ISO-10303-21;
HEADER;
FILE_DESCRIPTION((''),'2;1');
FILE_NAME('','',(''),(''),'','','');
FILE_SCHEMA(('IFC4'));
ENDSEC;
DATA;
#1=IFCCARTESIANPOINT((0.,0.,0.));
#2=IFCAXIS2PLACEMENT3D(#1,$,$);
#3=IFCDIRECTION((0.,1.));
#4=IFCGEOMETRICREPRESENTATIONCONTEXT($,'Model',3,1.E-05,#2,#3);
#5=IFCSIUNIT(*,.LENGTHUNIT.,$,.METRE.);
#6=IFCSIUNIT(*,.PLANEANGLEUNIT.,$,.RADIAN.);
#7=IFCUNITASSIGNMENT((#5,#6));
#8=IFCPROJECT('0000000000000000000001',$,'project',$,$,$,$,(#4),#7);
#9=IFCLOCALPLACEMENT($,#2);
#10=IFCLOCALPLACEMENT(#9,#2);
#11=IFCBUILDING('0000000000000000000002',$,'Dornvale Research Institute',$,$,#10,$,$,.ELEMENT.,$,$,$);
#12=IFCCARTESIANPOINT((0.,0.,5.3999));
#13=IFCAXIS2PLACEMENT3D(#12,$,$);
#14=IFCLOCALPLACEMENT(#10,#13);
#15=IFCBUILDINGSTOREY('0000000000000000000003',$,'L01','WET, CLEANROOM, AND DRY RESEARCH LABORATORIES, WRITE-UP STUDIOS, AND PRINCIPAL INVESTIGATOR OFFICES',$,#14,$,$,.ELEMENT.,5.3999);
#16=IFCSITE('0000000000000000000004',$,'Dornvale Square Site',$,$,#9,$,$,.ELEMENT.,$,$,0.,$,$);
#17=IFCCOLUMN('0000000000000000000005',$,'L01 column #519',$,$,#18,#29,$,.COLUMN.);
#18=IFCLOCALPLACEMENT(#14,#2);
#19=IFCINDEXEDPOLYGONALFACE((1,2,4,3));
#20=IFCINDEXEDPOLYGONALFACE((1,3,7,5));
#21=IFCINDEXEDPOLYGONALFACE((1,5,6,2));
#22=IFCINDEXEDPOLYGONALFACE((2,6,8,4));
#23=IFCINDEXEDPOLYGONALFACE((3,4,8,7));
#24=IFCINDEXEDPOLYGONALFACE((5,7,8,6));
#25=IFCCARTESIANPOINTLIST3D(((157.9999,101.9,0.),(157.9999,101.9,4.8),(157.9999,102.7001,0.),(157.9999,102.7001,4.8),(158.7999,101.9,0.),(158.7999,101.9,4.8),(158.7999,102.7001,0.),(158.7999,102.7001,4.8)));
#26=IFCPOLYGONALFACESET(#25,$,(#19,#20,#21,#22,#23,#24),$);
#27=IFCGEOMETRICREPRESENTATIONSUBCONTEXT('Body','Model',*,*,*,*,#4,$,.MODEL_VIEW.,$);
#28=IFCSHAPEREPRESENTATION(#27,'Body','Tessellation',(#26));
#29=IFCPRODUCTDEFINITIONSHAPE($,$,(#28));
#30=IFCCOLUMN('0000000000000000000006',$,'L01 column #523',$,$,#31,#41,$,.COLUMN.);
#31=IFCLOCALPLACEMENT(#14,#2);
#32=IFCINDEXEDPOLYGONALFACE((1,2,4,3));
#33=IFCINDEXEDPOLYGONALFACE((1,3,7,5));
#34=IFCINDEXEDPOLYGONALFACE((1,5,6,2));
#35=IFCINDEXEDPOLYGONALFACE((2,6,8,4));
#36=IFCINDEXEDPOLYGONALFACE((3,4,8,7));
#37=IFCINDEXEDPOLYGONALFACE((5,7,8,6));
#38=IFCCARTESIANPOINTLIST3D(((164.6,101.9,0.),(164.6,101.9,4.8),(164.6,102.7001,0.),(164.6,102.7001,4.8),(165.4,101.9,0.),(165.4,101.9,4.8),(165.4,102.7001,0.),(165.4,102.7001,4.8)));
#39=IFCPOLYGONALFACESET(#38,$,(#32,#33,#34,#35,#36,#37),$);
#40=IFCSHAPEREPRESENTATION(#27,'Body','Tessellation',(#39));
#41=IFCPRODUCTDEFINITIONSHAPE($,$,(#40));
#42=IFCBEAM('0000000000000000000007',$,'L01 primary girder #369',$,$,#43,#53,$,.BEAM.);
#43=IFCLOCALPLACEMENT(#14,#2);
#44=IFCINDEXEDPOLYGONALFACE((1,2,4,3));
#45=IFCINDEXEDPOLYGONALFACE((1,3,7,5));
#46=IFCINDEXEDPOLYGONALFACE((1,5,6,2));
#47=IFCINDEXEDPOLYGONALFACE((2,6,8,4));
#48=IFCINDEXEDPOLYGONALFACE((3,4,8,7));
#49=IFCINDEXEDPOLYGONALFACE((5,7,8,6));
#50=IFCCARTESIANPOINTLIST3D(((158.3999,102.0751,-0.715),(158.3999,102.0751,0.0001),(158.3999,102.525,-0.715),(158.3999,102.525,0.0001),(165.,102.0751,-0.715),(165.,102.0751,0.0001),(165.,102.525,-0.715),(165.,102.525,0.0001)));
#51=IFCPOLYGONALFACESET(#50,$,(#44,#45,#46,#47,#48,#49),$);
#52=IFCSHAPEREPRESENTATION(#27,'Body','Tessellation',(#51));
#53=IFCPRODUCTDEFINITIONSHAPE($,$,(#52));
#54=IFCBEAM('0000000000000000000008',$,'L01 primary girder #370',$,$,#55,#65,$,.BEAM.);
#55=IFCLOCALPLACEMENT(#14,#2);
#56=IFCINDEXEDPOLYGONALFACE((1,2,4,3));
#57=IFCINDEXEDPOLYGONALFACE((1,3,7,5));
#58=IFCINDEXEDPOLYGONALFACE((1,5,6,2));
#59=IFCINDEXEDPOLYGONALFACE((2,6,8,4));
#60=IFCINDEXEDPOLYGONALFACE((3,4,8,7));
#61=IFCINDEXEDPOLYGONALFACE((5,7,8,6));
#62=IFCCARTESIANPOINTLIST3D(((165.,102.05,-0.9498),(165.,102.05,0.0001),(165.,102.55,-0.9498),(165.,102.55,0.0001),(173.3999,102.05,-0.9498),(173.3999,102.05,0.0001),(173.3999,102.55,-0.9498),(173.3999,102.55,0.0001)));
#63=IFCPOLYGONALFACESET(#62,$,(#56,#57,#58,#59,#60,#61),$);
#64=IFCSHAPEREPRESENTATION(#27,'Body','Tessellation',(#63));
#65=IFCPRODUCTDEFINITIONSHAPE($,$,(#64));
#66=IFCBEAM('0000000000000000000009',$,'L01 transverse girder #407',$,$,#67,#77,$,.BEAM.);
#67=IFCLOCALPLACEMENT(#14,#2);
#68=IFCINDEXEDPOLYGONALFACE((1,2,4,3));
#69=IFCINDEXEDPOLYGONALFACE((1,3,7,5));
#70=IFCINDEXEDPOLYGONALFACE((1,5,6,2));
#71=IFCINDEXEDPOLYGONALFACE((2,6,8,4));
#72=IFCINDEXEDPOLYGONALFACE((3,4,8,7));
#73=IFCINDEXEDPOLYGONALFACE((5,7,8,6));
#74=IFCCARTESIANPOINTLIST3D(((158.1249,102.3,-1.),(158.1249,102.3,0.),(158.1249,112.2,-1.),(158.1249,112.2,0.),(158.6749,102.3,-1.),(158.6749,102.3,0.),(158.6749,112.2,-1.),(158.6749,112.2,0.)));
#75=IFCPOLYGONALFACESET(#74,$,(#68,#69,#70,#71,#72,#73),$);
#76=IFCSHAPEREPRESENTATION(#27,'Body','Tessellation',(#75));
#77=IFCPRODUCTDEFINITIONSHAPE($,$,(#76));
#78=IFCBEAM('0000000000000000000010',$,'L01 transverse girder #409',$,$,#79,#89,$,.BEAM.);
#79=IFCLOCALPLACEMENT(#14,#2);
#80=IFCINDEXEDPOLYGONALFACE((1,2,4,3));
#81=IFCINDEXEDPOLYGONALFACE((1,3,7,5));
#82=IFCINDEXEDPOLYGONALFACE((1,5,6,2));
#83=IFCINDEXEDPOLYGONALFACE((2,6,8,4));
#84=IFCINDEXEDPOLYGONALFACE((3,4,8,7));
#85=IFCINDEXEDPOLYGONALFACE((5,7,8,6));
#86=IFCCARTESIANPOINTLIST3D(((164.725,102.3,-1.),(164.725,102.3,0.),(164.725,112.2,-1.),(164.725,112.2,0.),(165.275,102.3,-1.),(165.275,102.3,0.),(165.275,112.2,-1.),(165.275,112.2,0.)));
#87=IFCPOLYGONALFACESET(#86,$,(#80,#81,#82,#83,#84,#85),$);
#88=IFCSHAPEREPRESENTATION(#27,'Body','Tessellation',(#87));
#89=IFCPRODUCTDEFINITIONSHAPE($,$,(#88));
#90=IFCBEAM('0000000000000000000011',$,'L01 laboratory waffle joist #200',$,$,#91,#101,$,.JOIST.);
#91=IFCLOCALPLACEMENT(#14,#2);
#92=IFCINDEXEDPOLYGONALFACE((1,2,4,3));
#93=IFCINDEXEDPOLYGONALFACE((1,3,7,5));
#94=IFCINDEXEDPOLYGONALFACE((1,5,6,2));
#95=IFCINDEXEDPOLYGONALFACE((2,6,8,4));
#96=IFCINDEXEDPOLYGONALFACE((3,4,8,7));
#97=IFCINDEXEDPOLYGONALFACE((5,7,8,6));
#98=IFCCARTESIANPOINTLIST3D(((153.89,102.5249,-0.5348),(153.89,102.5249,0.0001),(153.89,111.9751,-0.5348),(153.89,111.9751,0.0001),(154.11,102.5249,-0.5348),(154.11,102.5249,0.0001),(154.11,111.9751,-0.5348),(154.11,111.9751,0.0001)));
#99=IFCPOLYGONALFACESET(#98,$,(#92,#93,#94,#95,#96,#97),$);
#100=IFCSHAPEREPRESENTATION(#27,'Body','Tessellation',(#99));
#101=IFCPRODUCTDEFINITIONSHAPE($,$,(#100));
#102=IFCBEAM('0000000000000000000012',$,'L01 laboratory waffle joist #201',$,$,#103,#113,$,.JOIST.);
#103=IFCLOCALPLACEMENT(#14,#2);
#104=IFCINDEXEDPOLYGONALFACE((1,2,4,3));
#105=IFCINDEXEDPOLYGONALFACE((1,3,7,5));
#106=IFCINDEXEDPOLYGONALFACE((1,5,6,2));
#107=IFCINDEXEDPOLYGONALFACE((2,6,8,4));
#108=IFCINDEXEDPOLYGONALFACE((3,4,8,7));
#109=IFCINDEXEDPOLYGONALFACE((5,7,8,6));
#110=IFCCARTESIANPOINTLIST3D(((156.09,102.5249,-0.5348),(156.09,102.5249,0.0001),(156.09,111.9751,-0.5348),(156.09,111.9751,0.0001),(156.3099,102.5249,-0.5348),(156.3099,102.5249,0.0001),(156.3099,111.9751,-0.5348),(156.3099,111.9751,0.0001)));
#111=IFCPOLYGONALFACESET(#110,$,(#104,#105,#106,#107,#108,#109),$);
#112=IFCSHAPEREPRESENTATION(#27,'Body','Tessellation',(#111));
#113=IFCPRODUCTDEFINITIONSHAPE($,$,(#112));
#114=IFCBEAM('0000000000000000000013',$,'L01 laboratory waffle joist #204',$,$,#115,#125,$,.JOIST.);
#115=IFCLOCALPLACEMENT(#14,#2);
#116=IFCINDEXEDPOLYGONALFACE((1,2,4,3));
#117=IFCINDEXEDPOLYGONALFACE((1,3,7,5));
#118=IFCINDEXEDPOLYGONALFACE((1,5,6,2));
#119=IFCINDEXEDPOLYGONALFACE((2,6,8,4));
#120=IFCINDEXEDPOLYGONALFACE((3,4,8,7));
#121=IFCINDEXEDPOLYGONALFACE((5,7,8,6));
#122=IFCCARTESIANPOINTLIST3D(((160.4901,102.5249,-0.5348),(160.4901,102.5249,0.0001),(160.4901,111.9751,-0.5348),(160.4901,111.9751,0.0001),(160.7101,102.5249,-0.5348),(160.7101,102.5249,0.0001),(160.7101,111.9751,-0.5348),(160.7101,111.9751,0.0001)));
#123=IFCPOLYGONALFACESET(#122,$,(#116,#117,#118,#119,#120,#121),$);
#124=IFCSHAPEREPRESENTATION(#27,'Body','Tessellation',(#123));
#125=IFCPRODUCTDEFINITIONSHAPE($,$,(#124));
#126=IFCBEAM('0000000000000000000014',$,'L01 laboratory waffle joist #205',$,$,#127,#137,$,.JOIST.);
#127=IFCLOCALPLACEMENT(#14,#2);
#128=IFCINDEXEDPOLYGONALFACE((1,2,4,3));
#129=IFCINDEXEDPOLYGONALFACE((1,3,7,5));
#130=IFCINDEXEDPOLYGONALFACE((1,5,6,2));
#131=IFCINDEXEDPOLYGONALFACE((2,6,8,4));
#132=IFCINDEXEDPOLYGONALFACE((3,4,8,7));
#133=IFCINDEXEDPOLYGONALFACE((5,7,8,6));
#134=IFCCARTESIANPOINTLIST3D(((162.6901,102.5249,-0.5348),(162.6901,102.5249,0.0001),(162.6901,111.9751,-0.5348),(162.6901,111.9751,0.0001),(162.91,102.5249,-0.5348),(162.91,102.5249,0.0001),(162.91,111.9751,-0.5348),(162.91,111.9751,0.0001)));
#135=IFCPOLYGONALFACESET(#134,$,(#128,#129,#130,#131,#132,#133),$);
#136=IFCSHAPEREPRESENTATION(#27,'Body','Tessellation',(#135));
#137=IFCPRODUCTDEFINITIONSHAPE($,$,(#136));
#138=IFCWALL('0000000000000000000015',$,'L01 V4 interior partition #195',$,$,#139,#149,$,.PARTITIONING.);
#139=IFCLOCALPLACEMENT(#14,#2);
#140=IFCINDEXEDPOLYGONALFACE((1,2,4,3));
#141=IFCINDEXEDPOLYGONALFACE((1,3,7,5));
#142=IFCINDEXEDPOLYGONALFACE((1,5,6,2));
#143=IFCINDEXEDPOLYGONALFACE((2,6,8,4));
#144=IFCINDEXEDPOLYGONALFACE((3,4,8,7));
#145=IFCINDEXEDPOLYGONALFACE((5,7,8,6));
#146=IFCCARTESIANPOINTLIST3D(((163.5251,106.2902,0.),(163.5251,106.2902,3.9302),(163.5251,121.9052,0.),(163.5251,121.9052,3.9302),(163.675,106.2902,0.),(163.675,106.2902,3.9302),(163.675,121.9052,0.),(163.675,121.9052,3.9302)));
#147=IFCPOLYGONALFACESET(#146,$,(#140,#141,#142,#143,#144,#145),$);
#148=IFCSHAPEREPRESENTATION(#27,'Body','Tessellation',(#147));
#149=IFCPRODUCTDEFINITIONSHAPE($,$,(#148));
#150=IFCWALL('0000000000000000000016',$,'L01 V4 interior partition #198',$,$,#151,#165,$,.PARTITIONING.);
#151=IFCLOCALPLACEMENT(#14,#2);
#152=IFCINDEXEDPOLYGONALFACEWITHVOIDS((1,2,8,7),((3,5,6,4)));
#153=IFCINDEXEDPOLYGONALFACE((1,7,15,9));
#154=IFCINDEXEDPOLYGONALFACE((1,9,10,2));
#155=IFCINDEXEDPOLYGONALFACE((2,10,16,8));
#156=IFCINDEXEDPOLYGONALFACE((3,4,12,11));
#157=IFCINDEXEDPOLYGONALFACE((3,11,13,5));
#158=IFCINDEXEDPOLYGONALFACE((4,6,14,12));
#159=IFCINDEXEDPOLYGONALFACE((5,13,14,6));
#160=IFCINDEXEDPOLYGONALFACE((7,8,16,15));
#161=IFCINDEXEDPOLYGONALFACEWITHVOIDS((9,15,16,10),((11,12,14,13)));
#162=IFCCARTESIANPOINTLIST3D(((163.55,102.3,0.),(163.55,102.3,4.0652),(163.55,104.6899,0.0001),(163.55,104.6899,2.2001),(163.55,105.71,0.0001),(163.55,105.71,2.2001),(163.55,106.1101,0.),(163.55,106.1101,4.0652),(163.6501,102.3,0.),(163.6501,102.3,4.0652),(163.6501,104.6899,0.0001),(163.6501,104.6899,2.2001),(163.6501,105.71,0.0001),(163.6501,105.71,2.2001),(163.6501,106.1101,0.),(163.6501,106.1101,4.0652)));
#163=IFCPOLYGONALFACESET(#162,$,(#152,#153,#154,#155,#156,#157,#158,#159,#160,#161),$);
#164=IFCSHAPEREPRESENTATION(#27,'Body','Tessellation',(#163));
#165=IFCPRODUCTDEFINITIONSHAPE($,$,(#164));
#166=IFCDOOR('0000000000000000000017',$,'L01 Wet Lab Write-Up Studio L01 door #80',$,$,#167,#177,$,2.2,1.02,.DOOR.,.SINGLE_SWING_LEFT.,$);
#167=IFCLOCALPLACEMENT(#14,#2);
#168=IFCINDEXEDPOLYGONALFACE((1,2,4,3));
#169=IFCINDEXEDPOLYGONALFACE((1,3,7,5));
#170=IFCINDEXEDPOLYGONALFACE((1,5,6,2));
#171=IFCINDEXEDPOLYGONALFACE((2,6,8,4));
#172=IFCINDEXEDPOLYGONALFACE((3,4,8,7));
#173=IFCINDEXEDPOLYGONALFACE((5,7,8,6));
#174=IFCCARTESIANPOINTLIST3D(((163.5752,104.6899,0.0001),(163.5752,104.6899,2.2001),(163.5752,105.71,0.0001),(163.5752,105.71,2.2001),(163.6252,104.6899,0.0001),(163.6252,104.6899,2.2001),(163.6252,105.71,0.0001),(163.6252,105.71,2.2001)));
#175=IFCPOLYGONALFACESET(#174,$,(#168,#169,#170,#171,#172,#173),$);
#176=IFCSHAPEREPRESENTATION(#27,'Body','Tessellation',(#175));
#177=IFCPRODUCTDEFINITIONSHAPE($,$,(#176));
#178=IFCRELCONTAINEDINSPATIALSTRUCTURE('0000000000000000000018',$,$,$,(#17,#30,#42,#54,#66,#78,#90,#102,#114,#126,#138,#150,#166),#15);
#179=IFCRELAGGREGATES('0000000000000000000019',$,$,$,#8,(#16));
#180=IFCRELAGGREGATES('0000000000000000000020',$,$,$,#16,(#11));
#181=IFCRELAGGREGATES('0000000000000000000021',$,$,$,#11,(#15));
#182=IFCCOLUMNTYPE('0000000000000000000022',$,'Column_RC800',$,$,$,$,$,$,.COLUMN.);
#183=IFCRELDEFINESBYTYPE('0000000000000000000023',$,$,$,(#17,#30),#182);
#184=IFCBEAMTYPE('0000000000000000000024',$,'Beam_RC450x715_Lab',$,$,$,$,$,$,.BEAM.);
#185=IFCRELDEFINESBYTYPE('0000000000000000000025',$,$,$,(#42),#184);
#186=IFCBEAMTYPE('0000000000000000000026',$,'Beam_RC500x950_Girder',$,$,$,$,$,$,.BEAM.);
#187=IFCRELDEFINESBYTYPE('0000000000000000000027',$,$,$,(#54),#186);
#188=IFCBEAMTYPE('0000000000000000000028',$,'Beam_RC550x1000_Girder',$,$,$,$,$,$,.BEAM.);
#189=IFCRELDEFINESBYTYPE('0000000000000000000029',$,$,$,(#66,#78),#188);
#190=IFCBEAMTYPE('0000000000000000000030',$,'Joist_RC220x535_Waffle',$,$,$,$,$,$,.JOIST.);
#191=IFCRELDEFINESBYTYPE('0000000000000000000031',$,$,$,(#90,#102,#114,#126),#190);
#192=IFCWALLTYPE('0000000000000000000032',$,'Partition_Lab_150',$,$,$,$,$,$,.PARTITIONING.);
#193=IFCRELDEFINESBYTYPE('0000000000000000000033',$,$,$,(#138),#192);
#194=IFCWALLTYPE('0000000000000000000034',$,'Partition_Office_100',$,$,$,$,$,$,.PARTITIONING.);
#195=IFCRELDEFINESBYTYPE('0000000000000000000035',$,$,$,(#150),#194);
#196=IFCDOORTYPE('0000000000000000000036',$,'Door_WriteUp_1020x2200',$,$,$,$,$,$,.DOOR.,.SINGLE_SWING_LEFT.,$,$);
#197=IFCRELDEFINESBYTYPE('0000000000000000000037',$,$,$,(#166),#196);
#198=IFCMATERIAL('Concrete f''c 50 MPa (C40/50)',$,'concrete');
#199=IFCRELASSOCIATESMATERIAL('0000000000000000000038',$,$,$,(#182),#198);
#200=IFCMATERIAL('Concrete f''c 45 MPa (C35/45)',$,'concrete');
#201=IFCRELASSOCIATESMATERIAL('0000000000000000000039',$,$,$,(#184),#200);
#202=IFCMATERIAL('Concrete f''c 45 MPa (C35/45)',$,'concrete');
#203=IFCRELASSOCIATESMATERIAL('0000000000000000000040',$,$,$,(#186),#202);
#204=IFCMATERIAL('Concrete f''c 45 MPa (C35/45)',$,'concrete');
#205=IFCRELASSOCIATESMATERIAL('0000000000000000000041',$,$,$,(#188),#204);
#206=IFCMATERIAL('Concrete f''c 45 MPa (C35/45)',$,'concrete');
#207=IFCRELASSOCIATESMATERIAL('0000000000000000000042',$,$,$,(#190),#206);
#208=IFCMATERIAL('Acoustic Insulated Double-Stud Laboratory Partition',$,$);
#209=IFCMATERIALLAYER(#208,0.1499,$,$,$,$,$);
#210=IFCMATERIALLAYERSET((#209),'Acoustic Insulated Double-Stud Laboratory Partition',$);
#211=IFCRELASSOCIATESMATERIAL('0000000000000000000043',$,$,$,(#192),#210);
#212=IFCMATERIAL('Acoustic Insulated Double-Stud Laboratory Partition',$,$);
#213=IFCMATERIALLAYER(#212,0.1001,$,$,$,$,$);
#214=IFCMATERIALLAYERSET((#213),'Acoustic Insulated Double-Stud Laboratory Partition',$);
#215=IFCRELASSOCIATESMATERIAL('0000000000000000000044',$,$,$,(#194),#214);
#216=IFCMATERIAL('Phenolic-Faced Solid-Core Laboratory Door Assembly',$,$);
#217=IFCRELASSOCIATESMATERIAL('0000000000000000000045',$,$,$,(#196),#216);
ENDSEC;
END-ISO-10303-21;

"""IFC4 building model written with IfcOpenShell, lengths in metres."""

from ifc_helpers import new_model, si_unit, direction, frame, frame_2d, origin, origin_2d, place, context, subcontext, project, spatial, rectangle, extrude, material, layer, layer_set, material_profile, profile_set, type_object, element, fill, save


model = new_model("IFC4")

# Units and contexts
model_context = context("Model", 3, precision=1e-05, world=origin(), true_north=direction((0.0, 1.0)))
body_context = subcontext(model_context, "Body", "Model", "MODEL_VIEW")
ifc_project = project(units=[si_unit("LENGTHUNIT", "METRE"), si_unit("PLANEANGLEUNIT", "RADIAN")], contexts=[model_context])

# Site, building, storey
site_placement = place(None, origin())
site = spatial("IfcSite", under=ifc_project, at=site_placement, Name="Dornvale Square Site", CompositionType="ELEMENT", RefElevation=0.0)
building_placement = place(site_placement, origin())
building = spatial("IfcBuilding", under=site, at=building_placement, Name="Dornvale Research Institute", CompositionType="ELEMENT")
storey_placement = place(building_placement, frame((0.0, 0.0, 5.3999)))
storey = spatial("IfcBuildingStorey", under=building, at=storey_placement, Name="L01", Description="WET, CLEANROOM, AND DRY RESEARCH LABORATORIES, WRITE-UP STUDIOS, AND PRINCIPAL INVESTIGATOR OFFICES", CompositionType="ELEMENT", Elevation=5.3999)

# Columns
ifc_material_1 = material(Name="Concrete f'c 50 MPa (C40/50)", Category="concrete")
ifc_material_profile_1 = material_profile(ifc_material_1, rectangle(XDim=0.8, YDim=0.8, at=origin_2d()), Name="RC 800x800")
ifc_profile_set_1 = profile_set([ifc_material_profile_1], Name="Concrete f'c 50 MPa (C40/50)")
column_type = type_object("IfcColumnType", Name="Column_RC800", PredefinedType="COLUMN", material=ifc_profile_set_1)
for number, where, z_axis, x_axis, name in (
    (1, (158.3999, 102.3, 0.0), (0.0, 0.0, 1.0), (1.0, 0.0, 0.0), "L01 column #519"),
    (2, (165.0, 102.3, 0.0), (0.0, 0.0, 1.0), (1.0, 0.0, 0.0), "L01 column #523"),
):
    element("IfcColumn", number, at=place(storey_placement, frame(where, z_axis=z_axis, x_axis=x_axis)), inside=storey, type_object=column_type, Name=name, PredefinedType="COLUMN", context=body_context, shape_type="SweptSolid", body=[
        extrude(rectangle(XDim=0.8, YDim=0.8, at=origin_2d()), origin(), (0.0, 0.0, 1.0), 4.8),
    ])

# Beams
ifc_material_2 = material(Name="Concrete f'c 45 MPa (C35/45)", Category="concrete")
ifc_material_profile_2 = material_profile(ifc_material_2, rectangle(XDim=0.45, YDim=0.7151, at=origin_2d()), Name="RC 450x715")
ifc_profile_set_2 = profile_set([ifc_material_profile_2], Name="Concrete f'c 45 MPa (C35/45)")
beam_type_1 = type_object("IfcBeamType", Name="Beam_RC450x715_Lab", PredefinedType="BEAM", material=ifc_profile_set_2)
beam_1_placement = place(storey_placement, frame((158.3999, 102.3, -0.3574), z_axis=(1.0, 0.0, 0.0), x_axis=(0.0, 1.0, 0.0)))
element("IfcBeam", 3, at=beam_1_placement, inside=storey, type_object=beam_type_1, Name="L01 primary girder #369", PredefinedType="BEAM", context=body_context, shape_type="SweptSolid", body=[
    extrude(rectangle(XDim=0.45, YDim=0.7151, at=origin_2d()), origin(), (0.0, 0.0, 1.0), 6.6001),
])
ifc_material_3 = material(Name="Concrete f'c 45 MPa (C35/45)", Category="concrete")
ifc_material_profile_3 = material_profile(ifc_material_3, rectangle(XDim=0.5, YDim=0.95, at=origin_2d()), Name="RC 500x950")
ifc_profile_set_3 = profile_set([ifc_material_profile_3], Name="Concrete f'c 45 MPa (C35/45)")
beam_type_2 = type_object("IfcBeamType", Name="Beam_RC500x950_Girder", PredefinedType="BEAM", material=ifc_profile_set_3)
beam_2_placement = place(storey_placement, frame((165.0, 102.3, -0.4749), z_axis=(1.0, 0.0, 0.0), x_axis=(0.0, 1.0, 0.0)))
element("IfcBeam", 4, at=beam_2_placement, inside=storey, type_object=beam_type_2, Name="L01 primary girder #370", PredefinedType="BEAM", context=body_context, shape_type="SweptSolid", body=[
    extrude(rectangle(XDim=0.5, YDim=0.95, at=origin_2d()), origin(), (0.0, 0.0, 1.0), 8.3999),
])
ifc_material_4 = material(Name="Concrete f'c 45 MPa (C35/45)", Category="concrete")
ifc_material_profile_4 = material_profile(ifc_material_4, rectangle(XDim=0.55, YDim=1.0, at=origin_2d()), Name="RC 550x1000")
ifc_profile_set_4 = profile_set([ifc_material_profile_4], Name="Concrete f'c 45 MPa (C35/45)")
beam_type_3 = type_object("IfcBeamType", Name="Beam_RC550x1000_Girder", PredefinedType="BEAM", material=ifc_profile_set_4)
for number, where, z_axis, x_axis, name in (
    (5, (158.3999, 102.3, -0.5), (0.0, 1.0, 0.0), (-1.0, 0.0, 0.0), "L01 transverse girder #407"),
    (6, (165.0, 102.3, -0.5), (0.0, 1.0, 0.0), (-1.0, 0.0, 0.0), "L01 transverse girder #409"),
):
    element("IfcBeam", number, at=place(storey_placement, frame(where, z_axis=z_axis, x_axis=x_axis)), inside=storey, type_object=beam_type_3, Name=name, PredefinedType="BEAM", context=body_context, shape_type="SweptSolid", body=[
        extrude(rectangle(XDim=0.55, YDim=1.0, at=origin_2d()), origin(), (0.0, 0.0, 1.0), 9.8999),
    ])
ifc_material_5 = material(Name="Concrete f'c 45 MPa (C35/45)", Category="concrete")
ifc_material_profile_5 = material_profile(ifc_material_5, rectangle(XDim=0.22, YDim=0.5349, at=origin_2d()), Name="RC 220x535")
ifc_profile_set_5 = profile_set([ifc_material_profile_5], Name="Concrete f'c 45 MPa (C35/45)")
beam_type_4 = type_object("IfcBeamType", Name="Joist_RC220x535_Waffle", PredefinedType="JOIST", material=ifc_profile_set_5)
for number, where, z_axis, x_axis, name in (
    (7, (154.0, 102.5249, -0.2673), (0.0, 1.0, 0.0), (-1.0, 0.0, 0.0), "L01 laboratory waffle joist #200"),
    (8, (156.2, 102.5249, -0.2673), (0.0, 1.0, 0.0), (-1.0, 0.0, 0.0), "L01 laboratory waffle joist #201"),
    (9, (160.6001, 102.5249, -0.2673), (0.0, 1.0, 0.0), (-1.0, 0.0, 0.0), "L01 laboratory waffle joist #204"),
    (10, (162.8, 102.5249, -0.2673), (0.0, 1.0, 0.0), (-1.0, 0.0, 0.0), "L01 laboratory waffle joist #205"),
):
    element("IfcBeam", number, at=place(storey_placement, frame(where, z_axis=z_axis, x_axis=x_axis)), inside=storey, type_object=beam_type_4, Name=name, PredefinedType="JOIST", context=body_context, shape_type="SweptSolid", body=[
        extrude(rectangle(XDim=0.22, YDim=0.5349, at=origin_2d()), origin(), (0.0, 0.0, 1.0), 9.4502),
    ])

# Wall
ifc_material_6 = material(Name="Acoustic Insulated Double-Stud Laboratory Partition")
ifc_layer_1 = layer(ifc_material_6, 0.1499)
ifc_layer_set_1 = layer_set([ifc_layer_1], Name="Acoustic Insulated Double-Stud Laboratory Partition")
wall_type_1 = type_object("IfcWallType", Name="Partition_Lab_150", PredefinedType="PARTITIONING", material=ifc_layer_set_1)
wall_1_placement = place(storey_placement, frame((163.6001, 106.29, 0.0), z_axis=(0.0, 0.0, 1.0), x_axis=(0.0, 1.0, 0.0)))
element("IfcWall", 11, at=wall_1_placement, inside=storey, type_object=wall_type_1, Name="L01 V4 interior partition #195", PredefinedType="PARTITIONING", context=body_context, shape_type="SweptSolid", body=[
    extrude(rectangle(XDim=15.615, YDim=0.1499, at=frame_2d((7.8076, 0.0))), origin(), (0.0, 0.0, 1.0), 3.9302),
])

# Wall, opening, door
ifc_material_7 = material(Name="Acoustic Insulated Double-Stud Laboratory Partition")
ifc_layer_2 = layer(ifc_material_7, 0.1001)
ifc_layer_set_2 = layer_set([ifc_layer_2], Name="Acoustic Insulated Double-Stud Laboratory Partition")
wall_type_2 = type_object("IfcWallType", Name="Partition_Office_100", PredefinedType="PARTITIONING", material=ifc_layer_set_2)
wall_2_placement = place(storey_placement, frame((163.6001, 102.3, 0.0), z_axis=(0.0, 0.0, 1.0), x_axis=(0.0, 1.0, 0.0)))
wall_2 = element("IfcWall", 12, at=wall_2_placement, inside=storey, type_object=wall_type_2, Name="L01 V4 interior partition #198", PredefinedType="PARTITIONING", context=body_context, shape_type="SweptSolid", body=[
    extrude(rectangle(XDim=3.8101, YDim=0.1001, at=frame_2d((1.905, 0.0))), origin(), (0.0, 0.0, 1.0), 4.0652),
])
opening_1_placement = place(wall_2_placement, frame((2.3899, 0.0, 0.0)))
opening_1 = element("IfcOpeningElement", 13, at=opening_1_placement, cuts=wall_2, PredefinedType="OPENING", context=body_context, shape_type="SweptSolid", body=[
    extrude(rectangle(XDim=1.02, YDim=2.2, at=frame_2d((0.51, 1.1001))), frame((0.0, 0.0649, 0.0), z_axis=(0.0, -1.0, 0.0), x_axis=(1.0, 0.0, 0.0)), (0.0, 0.0, 1.0), 0.1301),
])
ifc_material_8 = material(Name="Phenolic-Faced Solid-Core Laboratory Door Assembly")
door_type_1 = type_object("IfcDoorType", Name="Door_WriteUp_1020x2200", OperationType="SINGLE_SWING_LEFT", PredefinedType="DOOR", material=ifc_material_8)
door_1_placement = place(opening_1_placement, origin())
door_1 = element("IfcDoor", 14, at=door_1_placement, inside=storey, type_object=door_type_1, Name="L01 Wet Lab Write-Up Studio L01 door #80", OperationType="SINGLE_SWING_LEFT", OverallHeight=2.2, OverallWidth=1.02, PredefinedType="DOOR", context=body_context, shape_type="SweptSolid", body=[
    extrude(rectangle(XDim=1.02, YDim=2.2, at=frame_2d((0.51, 1.1001))), frame((0.0, 0.0249, 0.0), z_axis=(0.0, -1.0, 0.0), x_axis=(1.0, 0.0, 0.0)), (0.0, 0.0, 1.0), 0.05),
])
fill(opening_1, door_1)

save(model, "model.ifc")
